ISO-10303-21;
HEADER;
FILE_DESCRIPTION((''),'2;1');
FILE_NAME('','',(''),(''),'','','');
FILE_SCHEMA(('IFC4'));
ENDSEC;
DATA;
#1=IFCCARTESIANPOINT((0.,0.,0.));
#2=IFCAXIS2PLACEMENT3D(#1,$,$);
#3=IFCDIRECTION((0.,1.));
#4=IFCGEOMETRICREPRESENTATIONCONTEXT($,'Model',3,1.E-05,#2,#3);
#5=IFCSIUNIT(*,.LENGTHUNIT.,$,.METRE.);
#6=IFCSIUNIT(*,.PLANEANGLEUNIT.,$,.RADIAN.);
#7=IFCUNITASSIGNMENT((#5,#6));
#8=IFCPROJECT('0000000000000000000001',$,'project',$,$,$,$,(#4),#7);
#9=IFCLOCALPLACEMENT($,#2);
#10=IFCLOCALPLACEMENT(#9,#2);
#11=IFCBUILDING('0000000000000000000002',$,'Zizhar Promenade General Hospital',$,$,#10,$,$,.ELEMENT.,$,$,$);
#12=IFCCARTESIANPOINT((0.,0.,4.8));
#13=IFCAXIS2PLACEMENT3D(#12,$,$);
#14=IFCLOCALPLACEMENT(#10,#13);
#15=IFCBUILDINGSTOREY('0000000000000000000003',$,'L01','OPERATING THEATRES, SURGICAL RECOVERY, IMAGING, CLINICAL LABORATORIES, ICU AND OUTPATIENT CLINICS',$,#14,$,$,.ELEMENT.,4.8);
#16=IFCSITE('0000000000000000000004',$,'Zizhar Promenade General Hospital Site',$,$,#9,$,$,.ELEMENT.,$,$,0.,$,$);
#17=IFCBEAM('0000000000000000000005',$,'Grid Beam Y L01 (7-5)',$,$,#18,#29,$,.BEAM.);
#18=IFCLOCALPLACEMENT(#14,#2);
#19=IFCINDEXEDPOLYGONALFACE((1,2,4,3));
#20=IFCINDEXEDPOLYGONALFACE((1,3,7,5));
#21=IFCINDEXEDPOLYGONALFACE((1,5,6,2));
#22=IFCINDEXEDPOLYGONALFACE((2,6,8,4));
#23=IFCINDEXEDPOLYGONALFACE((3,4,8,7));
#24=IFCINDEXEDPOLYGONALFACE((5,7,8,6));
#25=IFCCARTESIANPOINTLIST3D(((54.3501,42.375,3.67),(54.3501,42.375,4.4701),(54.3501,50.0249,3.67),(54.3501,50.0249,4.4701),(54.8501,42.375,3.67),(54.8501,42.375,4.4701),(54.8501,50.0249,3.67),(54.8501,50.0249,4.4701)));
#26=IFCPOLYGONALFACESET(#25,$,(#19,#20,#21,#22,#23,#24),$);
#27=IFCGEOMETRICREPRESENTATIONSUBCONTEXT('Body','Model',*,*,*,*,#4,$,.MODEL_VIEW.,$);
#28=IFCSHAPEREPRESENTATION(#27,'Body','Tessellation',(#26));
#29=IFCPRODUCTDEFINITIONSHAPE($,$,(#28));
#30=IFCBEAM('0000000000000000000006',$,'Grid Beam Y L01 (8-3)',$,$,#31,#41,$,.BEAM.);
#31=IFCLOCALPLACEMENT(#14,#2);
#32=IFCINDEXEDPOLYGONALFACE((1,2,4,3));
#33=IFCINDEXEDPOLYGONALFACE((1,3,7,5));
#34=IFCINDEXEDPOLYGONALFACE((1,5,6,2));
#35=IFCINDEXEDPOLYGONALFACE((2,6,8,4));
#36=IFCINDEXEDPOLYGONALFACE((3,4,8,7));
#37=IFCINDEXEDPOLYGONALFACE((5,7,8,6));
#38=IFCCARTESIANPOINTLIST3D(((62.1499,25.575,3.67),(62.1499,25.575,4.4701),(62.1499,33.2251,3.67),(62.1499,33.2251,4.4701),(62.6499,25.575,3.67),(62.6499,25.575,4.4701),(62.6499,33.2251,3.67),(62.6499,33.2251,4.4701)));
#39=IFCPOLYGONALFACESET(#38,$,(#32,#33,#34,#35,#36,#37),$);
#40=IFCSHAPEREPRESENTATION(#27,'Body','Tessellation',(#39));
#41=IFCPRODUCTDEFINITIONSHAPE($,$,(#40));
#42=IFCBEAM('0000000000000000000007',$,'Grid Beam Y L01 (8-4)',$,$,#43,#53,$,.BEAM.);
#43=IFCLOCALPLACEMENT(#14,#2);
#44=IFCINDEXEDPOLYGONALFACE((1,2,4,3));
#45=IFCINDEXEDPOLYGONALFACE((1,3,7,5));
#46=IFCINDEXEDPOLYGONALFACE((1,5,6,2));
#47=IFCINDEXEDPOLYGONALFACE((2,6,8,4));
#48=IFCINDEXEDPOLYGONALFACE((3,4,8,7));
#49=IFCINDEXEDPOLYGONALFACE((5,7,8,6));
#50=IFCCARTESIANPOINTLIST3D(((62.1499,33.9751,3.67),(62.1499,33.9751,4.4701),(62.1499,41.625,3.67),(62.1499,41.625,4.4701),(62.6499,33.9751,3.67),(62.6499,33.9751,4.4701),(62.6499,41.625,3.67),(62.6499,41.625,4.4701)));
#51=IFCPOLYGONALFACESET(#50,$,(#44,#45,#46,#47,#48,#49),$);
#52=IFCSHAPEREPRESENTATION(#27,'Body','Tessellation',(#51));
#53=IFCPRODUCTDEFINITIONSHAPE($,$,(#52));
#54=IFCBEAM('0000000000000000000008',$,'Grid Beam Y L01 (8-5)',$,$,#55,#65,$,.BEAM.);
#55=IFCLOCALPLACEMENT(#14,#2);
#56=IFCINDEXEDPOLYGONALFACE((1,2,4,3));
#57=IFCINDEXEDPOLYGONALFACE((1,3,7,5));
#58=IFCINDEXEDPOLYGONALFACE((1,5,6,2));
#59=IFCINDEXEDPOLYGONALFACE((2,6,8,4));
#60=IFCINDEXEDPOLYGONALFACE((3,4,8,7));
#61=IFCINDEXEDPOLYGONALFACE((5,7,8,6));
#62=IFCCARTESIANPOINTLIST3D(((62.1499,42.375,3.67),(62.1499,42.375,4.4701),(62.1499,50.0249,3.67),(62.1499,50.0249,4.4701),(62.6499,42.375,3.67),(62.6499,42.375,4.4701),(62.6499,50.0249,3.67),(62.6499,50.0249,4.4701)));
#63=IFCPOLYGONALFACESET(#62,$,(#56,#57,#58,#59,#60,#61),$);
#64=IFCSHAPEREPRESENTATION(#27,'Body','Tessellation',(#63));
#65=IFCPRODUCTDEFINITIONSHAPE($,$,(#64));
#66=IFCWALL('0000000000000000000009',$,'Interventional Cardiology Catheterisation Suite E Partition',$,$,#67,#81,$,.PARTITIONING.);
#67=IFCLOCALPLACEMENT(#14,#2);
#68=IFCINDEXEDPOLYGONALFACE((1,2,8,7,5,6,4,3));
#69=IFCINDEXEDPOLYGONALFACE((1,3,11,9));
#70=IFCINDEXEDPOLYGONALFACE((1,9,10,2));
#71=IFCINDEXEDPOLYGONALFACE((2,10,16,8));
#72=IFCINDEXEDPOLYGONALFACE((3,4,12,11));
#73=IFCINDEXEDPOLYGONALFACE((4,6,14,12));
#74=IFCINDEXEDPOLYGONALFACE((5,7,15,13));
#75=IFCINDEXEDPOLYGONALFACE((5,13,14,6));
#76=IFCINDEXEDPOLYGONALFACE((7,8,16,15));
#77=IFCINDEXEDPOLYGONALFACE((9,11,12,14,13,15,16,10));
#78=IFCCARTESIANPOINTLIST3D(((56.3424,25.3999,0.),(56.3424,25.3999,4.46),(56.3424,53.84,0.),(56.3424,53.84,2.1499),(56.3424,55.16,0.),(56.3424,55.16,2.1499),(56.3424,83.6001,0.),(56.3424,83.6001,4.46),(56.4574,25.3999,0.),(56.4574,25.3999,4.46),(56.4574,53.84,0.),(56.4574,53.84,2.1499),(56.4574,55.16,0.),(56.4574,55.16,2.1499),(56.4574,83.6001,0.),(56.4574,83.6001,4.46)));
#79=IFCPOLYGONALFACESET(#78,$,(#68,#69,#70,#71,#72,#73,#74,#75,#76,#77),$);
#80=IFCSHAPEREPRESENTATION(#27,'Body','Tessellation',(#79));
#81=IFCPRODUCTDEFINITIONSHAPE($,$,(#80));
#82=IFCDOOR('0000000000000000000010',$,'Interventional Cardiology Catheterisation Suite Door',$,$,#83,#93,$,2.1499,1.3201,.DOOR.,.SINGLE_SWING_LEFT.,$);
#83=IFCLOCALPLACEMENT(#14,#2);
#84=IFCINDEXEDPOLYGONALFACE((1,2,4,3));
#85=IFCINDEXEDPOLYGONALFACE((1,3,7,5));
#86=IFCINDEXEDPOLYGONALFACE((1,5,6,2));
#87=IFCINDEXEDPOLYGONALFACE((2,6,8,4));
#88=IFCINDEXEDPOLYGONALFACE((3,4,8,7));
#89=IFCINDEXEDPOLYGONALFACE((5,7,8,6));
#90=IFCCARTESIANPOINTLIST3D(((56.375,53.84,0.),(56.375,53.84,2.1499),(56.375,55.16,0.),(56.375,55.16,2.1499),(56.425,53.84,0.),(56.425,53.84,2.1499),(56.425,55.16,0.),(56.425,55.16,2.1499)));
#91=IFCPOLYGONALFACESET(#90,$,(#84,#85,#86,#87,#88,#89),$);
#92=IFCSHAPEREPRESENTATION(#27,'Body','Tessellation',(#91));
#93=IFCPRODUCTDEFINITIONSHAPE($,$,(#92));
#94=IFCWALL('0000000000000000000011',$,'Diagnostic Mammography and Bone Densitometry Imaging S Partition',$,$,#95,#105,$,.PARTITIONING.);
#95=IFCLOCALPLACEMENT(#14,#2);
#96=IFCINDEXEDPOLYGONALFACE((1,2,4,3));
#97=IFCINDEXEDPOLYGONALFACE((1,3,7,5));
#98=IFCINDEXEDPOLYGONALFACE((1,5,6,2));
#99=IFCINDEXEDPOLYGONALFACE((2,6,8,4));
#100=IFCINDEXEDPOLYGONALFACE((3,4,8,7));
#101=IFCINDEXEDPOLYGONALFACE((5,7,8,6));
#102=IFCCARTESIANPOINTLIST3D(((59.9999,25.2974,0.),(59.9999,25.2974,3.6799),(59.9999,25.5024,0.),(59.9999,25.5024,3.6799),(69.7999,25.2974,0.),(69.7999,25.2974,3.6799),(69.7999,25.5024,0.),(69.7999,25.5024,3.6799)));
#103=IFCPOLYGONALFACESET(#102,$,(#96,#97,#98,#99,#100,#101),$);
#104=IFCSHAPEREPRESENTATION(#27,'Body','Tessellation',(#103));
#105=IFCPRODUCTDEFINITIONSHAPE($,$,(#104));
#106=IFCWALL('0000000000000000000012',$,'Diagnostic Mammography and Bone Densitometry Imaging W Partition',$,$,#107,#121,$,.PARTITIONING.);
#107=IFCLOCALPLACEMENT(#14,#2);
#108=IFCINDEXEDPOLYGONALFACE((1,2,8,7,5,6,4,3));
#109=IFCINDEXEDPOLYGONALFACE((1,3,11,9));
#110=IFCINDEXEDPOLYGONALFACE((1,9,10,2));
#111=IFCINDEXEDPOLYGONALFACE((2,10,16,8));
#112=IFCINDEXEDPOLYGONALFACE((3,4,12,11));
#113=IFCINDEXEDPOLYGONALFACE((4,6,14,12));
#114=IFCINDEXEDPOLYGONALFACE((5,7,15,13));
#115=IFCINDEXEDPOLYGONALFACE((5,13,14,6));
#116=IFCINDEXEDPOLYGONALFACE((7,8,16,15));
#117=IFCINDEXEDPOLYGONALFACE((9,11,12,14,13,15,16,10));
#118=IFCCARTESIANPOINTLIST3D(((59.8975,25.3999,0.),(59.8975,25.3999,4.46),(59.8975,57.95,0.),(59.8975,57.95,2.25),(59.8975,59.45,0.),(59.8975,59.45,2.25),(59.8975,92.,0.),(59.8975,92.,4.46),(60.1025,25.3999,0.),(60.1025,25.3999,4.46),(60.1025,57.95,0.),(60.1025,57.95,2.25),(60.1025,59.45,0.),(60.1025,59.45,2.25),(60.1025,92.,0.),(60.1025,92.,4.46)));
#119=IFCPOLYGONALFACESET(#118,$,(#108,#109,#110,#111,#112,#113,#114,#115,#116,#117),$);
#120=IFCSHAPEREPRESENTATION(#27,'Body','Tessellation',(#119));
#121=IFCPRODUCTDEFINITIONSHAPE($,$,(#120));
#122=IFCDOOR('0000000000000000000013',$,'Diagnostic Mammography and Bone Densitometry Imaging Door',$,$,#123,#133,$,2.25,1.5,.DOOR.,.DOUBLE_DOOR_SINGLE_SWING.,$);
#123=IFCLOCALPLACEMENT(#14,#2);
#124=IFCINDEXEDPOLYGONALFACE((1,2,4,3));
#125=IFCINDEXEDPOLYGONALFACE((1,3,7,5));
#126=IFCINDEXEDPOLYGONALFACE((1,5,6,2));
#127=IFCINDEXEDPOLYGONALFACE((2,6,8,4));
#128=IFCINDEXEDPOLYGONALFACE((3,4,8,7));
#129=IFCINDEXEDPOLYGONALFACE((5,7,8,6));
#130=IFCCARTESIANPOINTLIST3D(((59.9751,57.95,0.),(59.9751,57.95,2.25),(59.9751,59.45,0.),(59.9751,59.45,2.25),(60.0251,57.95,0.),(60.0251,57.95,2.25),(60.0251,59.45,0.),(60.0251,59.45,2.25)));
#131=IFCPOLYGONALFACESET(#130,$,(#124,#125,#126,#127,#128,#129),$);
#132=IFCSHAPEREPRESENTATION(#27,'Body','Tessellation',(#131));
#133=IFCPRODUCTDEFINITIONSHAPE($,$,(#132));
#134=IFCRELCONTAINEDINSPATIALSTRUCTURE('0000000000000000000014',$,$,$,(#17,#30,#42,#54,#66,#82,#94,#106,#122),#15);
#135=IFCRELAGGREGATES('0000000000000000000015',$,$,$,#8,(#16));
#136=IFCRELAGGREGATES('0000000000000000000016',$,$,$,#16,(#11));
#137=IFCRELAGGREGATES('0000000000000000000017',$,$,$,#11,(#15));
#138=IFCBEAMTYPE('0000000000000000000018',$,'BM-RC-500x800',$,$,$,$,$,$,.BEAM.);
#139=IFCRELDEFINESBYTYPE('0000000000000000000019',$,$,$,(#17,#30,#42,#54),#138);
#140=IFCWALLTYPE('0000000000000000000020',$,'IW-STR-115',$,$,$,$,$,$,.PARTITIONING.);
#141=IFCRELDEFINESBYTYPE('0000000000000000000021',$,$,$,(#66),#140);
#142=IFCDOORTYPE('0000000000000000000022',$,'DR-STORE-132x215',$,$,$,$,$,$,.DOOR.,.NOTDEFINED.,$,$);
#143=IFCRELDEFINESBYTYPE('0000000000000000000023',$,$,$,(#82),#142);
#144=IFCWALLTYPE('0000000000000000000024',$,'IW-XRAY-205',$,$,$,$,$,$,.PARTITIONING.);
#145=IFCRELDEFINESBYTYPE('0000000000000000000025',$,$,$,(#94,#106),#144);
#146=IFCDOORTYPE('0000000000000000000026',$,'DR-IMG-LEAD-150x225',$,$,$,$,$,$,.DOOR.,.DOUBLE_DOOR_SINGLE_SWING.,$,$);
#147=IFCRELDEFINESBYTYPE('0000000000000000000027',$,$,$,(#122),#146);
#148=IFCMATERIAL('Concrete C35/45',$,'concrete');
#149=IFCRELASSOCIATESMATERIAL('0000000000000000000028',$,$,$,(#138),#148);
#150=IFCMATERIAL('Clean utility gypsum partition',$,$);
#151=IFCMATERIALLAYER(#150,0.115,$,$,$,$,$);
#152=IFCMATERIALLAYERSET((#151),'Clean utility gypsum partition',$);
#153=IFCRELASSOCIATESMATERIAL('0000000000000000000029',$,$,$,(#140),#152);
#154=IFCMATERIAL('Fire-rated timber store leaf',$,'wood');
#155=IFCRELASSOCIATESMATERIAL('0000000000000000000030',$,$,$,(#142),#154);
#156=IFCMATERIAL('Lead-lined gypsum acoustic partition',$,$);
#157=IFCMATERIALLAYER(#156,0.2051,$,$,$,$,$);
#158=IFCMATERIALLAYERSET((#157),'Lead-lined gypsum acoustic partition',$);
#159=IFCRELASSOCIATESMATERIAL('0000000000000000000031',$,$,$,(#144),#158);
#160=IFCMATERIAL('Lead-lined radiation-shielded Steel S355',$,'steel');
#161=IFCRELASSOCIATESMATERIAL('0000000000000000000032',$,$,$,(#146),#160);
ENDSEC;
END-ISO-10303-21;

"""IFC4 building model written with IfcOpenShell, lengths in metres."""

from ifc_helpers import new_model, si_unit, direction, frame, frame_2d, origin, origin_2d, place, context, subcontext, project, spatial, rectangle, extrude, material, layer, layer_set, material_profile, profile_set, type_object, element, fill, save


model = new_model("IFC4")

# Units and contexts
model_context = context("Model", 3, precision=1e-05, world=origin(), true_north=direction((0.0, 1.0)))
body_context = subcontext(model_context, "Body", "Model", "MODEL_VIEW")
ifc_project = project(units=[si_unit("LENGTHUNIT", "METRE"), si_unit("PLANEANGLEUNIT", "RADIAN")], contexts=[model_context])

# Site, building, storey
site_placement = place(None, origin())
site = spatial("IfcSite", under=ifc_project, at=site_placement, Name="Zizhar Promenade General Hospital Site", CompositionType="ELEMENT", RefElevation=0.0)
building_placement = place(site_placement, origin())
building = spatial("IfcBuilding", under=site, at=building_placement, Name="Zizhar Promenade General Hospital", CompositionType="ELEMENT")
storey_placement = place(building_placement, frame((0.0, 0.0, 4.8)))
storey = spatial("IfcBuildingStorey", under=building, at=storey_placement, Name="L01", Description="OPERATING THEATRES, SURGICAL RECOVERY, IMAGING, CLINICAL LABORATORIES, ICU AND OUTPATIENT CLINICS", CompositionType="ELEMENT", Elevation=4.8)

# Beams
ifc_material_1 = material(Name="Concrete C35/45", Category="concrete")
ifc_material_profile_1 = material_profile(ifc_material_1, rectangle(XDim=0.5, YDim=0.8, at=origin_2d()))
ifc_profile_set_1 = profile_set([ifc_material_profile_1], Name="Concrete C35/45")
beam_type_1 = type_object("IfcBeamType", Name="BM-RC-500x800", PredefinedType="BEAM", material=ifc_profile_set_1)
for number, where, z_axis, x_axis, name in (
    (1, (54.6001, 42.375, 4.0701), (0.0, 1.0, 0.0), (-1.0, 0.0, 0.0), "Grid Beam Y L01 (7-5)"),
):
    element("IfcBeam", number, at=place(storey_placement, frame(where, z_axis=z_axis, x_axis=x_axis)), inside=storey, type_object=beam_type_1, Name=name, PredefinedType="BEAM", context=body_context, shape_type="SweptSolid", body=[
        extrude(rectangle(XDim=0.5, YDim=0.8, at=origin_2d()), origin(), (0.0, 0.0, 1.0), 7.6499),
    ])
beam_1_placement = place(storey_placement, frame((62.3999, 25.575, 4.0701), z_axis=(0.0, 1.0, 0.0), x_axis=(-1.0, 0.0, 0.0)))
element("IfcBeam", 2, at=beam_1_placement, inside=storey, type_object=beam_type_1, Name="Grid Beam Y L01 (8-3)", PredefinedType="BEAM", context=body_context, shape_type="SweptSolid", body=[
    extrude(rectangle(XDim=0.5, YDim=0.8, at=origin_2d()), origin(), (0.0, 0.0, 1.0), 7.6501),
])
for number, where, z_axis, x_axis, name in (
    (3, (62.3999, 33.9751, 4.0701), (0.0, 1.0, 0.0), (-1.0, 0.0, 0.0), "Grid Beam Y L01 (8-4)"),
    (4, (62.3999, 42.375, 4.0701), (0.0, 1.0, 0.0), (-1.0, 0.0, 0.0), "Grid Beam Y L01 (8-5)"),
):
    element("IfcBeam", number, at=place(storey_placement, frame(where, z_axis=z_axis, x_axis=x_axis)), inside=storey, type_object=beam_type_1, Name=name, PredefinedType="BEAM", context=body_context, shape_type="SweptSolid", body=[
        extrude(rectangle(XDim=0.5, YDim=0.8, at=origin_2d()), origin(), (0.0, 0.0, 1.0), 7.6499),
    ])

# Wall, opening, door
ifc_material_2 = material(Name="Clean utility gypsum partition")
ifc_layer_1 = layer(ifc_material_2, 0.115)
ifc_layer_set_1 = layer_set([ifc_layer_1], Name="Clean utility gypsum partition")
wall_type_1 = type_object("IfcWallType", Name="IW-STR-115", PredefinedType="PARTITIONING", material=ifc_layer_set_1)
wall_1_placement = place(storey_placement, frame((56.3999, 25.3999, 0.0), z_axis=(0.0, 0.0, 1.0), x_axis=(0.0, 1.0, 0.0)))
wall_1 = element("IfcWall", 5, at=wall_1_placement, inside=storey, type_object=wall_type_1, Name="Interventional Cardiology Catheterisation Suite E Partition", PredefinedType="PARTITIONING", context=body_context, shape_type="SweptSolid", body=[
    extrude(rectangle(XDim=58.2002, YDim=0.115, at=frame_2d((29.1001, 0.0))), origin(), (0.0, 0.0, 1.0), 4.46),
])
opening_1_placement = place(wall_1_placement, frame((28.4399, 0.0, 0.0)))
opening_1 = element("IfcOpeningElement", 6, at=opening_1_placement, cuts=wall_1, PredefinedType="OPENING", context=body_context, shape_type="SweptSolid", body=[
    extrude(rectangle(XDim=1.3201, YDim=2.1499, at=frame_2d((0.6602, 1.075))), frame((0.0, 0.0674, 0.0), z_axis=(0.0, -1.0, 0.0), x_axis=(1.0, 0.0, 0.0)), (0.0, 0.0, 1.0), 0.135),
])
ifc_material_3 = material(Name="Fire-rated timber store leaf", Category="wood")
door_type_1 = type_object("IfcDoorType", Name="DR-STORE-132x215", OperationType="NOTDEFINED", PredefinedType="DOOR", material=ifc_material_3)
door_1_placement = place(opening_1_placement, origin())
door_1 = element("IfcDoor", 7, at=door_1_placement, inside=storey, type_object=door_type_1, Name="Interventional Cardiology Catheterisation Suite Door", OperationType="SINGLE_SWING_LEFT", OverallHeight=2.1499, OverallWidth=1.3201, PredefinedType="DOOR", context=body_context, shape_type="SweptSolid", body=[
    extrude(rectangle(XDim=1.3201, YDim=2.1499, at=frame_2d((0.6602, 1.075))), frame((0.0, 0.0249, 0.0), z_axis=(0.0, -1.0, 0.0), x_axis=(1.0, 0.0, 0.0)), (0.0, 0.0, 1.0), 0.05),
])
fill(opening_1, door_1)

# Wall
ifc_material_4 = material(Name="Lead-lined gypsum acoustic partition")
ifc_layer_2 = layer(ifc_material_4, 0.2051)
ifc_layer_set_2 = layer_set([ifc_layer_2], Name="Lead-lined gypsum acoustic partition")
wall_type_2 = type_object("IfcWallType", Name="IW-XRAY-205", PredefinedType="PARTITIONING", material=ifc_layer_set_2)
wall_2_placement = place(storey_placement, frame((60.0, 25.3999, 0.0), z_axis=(0.0, 0.0, 1.0), x_axis=(1.0, 0.0, 0.0)))
element("IfcWall", 8, at=wall_2_placement, inside=storey, type_object=wall_type_2, Name="Diagnostic Mammography and Bone Densitometry Imaging S Partition", PredefinedType="PARTITIONING", context=body_context, shape_type="SweptSolid", body=[
    extrude(rectangle(XDim=9.8, YDim=0.2051, at=frame_2d((4.8999, 0.0))), origin(), (0.0, 0.0, 1.0), 3.6799),
])

# Wall, opening, door
wall_3_placement = place(storey_placement, frame((60.0, 25.3999, 0.0), z_axis=(0.0, 0.0, 1.0), x_axis=(0.0, 1.0, 0.0)))
wall_3 = element("IfcWall", 9, at=wall_3_placement, inside=storey, type_object=wall_type_2, Name="Diagnostic Mammography and Bone Densitometry Imaging W Partition", PredefinedType="PARTITIONING", context=body_context, shape_type="SweptSolid", body=[
    extrude(rectangle(XDim=66.6001, YDim=0.2051, at=frame_2d((33.3, 0.0))), origin(), (0.0, 0.0, 1.0), 4.46),
])
opening_2_placement = place(wall_3_placement, frame((32.55, 0.0, 0.0)))
opening_2 = element("IfcOpeningElement", 10, at=opening_2_placement, cuts=wall_3, PredefinedType="OPENING", context=body_context, shape_type="SweptSolid", body=[
    extrude(rectangle(XDim=1.5, YDim=2.25, at=frame_2d((0.75, 1.125))), frame((0.0, 0.1125, 0.0), z_axis=(0.0, -1.0, 0.0), x_axis=(1.0, 0.0, 0.0)), (0.0, 0.0, 1.0), 0.2251),
])
ifc_material_5 = material(Name="Lead-lined radiation-shielded Steel S355", Category="steel")
door_type_2 = type_object("IfcDoorType", Name="DR-IMG-LEAD-150x225", OperationType="DOUBLE_DOOR_SINGLE_SWING", PredefinedType="DOOR", material=ifc_material_5)
door_2_placement = place(opening_2_placement, origin())
door_2 = element("IfcDoor", 11, at=door_2_placement, inside=storey, type_object=door_type_2, Name="Diagnostic Mammography and Bone Densitometry Imaging Door", OperationType="DOUBLE_DOOR_SINGLE_SWING", OverallHeight=2.25, OverallWidth=1.5, PredefinedType="DOOR", context=body_context, shape_type="SweptSolid", body=[
    extrude(rectangle(XDim=1.5, YDim=2.25, at=frame_2d((0.75, 1.125))), frame((0.0, 0.0249, 0.0), z_axis=(0.0, -1.0, 0.0), x_axis=(1.0, 0.0, 0.0)), (0.0, 0.0, 1.0), 0.05),
])
fill(opening_2, door_2)

save(model, "model.ifc")
